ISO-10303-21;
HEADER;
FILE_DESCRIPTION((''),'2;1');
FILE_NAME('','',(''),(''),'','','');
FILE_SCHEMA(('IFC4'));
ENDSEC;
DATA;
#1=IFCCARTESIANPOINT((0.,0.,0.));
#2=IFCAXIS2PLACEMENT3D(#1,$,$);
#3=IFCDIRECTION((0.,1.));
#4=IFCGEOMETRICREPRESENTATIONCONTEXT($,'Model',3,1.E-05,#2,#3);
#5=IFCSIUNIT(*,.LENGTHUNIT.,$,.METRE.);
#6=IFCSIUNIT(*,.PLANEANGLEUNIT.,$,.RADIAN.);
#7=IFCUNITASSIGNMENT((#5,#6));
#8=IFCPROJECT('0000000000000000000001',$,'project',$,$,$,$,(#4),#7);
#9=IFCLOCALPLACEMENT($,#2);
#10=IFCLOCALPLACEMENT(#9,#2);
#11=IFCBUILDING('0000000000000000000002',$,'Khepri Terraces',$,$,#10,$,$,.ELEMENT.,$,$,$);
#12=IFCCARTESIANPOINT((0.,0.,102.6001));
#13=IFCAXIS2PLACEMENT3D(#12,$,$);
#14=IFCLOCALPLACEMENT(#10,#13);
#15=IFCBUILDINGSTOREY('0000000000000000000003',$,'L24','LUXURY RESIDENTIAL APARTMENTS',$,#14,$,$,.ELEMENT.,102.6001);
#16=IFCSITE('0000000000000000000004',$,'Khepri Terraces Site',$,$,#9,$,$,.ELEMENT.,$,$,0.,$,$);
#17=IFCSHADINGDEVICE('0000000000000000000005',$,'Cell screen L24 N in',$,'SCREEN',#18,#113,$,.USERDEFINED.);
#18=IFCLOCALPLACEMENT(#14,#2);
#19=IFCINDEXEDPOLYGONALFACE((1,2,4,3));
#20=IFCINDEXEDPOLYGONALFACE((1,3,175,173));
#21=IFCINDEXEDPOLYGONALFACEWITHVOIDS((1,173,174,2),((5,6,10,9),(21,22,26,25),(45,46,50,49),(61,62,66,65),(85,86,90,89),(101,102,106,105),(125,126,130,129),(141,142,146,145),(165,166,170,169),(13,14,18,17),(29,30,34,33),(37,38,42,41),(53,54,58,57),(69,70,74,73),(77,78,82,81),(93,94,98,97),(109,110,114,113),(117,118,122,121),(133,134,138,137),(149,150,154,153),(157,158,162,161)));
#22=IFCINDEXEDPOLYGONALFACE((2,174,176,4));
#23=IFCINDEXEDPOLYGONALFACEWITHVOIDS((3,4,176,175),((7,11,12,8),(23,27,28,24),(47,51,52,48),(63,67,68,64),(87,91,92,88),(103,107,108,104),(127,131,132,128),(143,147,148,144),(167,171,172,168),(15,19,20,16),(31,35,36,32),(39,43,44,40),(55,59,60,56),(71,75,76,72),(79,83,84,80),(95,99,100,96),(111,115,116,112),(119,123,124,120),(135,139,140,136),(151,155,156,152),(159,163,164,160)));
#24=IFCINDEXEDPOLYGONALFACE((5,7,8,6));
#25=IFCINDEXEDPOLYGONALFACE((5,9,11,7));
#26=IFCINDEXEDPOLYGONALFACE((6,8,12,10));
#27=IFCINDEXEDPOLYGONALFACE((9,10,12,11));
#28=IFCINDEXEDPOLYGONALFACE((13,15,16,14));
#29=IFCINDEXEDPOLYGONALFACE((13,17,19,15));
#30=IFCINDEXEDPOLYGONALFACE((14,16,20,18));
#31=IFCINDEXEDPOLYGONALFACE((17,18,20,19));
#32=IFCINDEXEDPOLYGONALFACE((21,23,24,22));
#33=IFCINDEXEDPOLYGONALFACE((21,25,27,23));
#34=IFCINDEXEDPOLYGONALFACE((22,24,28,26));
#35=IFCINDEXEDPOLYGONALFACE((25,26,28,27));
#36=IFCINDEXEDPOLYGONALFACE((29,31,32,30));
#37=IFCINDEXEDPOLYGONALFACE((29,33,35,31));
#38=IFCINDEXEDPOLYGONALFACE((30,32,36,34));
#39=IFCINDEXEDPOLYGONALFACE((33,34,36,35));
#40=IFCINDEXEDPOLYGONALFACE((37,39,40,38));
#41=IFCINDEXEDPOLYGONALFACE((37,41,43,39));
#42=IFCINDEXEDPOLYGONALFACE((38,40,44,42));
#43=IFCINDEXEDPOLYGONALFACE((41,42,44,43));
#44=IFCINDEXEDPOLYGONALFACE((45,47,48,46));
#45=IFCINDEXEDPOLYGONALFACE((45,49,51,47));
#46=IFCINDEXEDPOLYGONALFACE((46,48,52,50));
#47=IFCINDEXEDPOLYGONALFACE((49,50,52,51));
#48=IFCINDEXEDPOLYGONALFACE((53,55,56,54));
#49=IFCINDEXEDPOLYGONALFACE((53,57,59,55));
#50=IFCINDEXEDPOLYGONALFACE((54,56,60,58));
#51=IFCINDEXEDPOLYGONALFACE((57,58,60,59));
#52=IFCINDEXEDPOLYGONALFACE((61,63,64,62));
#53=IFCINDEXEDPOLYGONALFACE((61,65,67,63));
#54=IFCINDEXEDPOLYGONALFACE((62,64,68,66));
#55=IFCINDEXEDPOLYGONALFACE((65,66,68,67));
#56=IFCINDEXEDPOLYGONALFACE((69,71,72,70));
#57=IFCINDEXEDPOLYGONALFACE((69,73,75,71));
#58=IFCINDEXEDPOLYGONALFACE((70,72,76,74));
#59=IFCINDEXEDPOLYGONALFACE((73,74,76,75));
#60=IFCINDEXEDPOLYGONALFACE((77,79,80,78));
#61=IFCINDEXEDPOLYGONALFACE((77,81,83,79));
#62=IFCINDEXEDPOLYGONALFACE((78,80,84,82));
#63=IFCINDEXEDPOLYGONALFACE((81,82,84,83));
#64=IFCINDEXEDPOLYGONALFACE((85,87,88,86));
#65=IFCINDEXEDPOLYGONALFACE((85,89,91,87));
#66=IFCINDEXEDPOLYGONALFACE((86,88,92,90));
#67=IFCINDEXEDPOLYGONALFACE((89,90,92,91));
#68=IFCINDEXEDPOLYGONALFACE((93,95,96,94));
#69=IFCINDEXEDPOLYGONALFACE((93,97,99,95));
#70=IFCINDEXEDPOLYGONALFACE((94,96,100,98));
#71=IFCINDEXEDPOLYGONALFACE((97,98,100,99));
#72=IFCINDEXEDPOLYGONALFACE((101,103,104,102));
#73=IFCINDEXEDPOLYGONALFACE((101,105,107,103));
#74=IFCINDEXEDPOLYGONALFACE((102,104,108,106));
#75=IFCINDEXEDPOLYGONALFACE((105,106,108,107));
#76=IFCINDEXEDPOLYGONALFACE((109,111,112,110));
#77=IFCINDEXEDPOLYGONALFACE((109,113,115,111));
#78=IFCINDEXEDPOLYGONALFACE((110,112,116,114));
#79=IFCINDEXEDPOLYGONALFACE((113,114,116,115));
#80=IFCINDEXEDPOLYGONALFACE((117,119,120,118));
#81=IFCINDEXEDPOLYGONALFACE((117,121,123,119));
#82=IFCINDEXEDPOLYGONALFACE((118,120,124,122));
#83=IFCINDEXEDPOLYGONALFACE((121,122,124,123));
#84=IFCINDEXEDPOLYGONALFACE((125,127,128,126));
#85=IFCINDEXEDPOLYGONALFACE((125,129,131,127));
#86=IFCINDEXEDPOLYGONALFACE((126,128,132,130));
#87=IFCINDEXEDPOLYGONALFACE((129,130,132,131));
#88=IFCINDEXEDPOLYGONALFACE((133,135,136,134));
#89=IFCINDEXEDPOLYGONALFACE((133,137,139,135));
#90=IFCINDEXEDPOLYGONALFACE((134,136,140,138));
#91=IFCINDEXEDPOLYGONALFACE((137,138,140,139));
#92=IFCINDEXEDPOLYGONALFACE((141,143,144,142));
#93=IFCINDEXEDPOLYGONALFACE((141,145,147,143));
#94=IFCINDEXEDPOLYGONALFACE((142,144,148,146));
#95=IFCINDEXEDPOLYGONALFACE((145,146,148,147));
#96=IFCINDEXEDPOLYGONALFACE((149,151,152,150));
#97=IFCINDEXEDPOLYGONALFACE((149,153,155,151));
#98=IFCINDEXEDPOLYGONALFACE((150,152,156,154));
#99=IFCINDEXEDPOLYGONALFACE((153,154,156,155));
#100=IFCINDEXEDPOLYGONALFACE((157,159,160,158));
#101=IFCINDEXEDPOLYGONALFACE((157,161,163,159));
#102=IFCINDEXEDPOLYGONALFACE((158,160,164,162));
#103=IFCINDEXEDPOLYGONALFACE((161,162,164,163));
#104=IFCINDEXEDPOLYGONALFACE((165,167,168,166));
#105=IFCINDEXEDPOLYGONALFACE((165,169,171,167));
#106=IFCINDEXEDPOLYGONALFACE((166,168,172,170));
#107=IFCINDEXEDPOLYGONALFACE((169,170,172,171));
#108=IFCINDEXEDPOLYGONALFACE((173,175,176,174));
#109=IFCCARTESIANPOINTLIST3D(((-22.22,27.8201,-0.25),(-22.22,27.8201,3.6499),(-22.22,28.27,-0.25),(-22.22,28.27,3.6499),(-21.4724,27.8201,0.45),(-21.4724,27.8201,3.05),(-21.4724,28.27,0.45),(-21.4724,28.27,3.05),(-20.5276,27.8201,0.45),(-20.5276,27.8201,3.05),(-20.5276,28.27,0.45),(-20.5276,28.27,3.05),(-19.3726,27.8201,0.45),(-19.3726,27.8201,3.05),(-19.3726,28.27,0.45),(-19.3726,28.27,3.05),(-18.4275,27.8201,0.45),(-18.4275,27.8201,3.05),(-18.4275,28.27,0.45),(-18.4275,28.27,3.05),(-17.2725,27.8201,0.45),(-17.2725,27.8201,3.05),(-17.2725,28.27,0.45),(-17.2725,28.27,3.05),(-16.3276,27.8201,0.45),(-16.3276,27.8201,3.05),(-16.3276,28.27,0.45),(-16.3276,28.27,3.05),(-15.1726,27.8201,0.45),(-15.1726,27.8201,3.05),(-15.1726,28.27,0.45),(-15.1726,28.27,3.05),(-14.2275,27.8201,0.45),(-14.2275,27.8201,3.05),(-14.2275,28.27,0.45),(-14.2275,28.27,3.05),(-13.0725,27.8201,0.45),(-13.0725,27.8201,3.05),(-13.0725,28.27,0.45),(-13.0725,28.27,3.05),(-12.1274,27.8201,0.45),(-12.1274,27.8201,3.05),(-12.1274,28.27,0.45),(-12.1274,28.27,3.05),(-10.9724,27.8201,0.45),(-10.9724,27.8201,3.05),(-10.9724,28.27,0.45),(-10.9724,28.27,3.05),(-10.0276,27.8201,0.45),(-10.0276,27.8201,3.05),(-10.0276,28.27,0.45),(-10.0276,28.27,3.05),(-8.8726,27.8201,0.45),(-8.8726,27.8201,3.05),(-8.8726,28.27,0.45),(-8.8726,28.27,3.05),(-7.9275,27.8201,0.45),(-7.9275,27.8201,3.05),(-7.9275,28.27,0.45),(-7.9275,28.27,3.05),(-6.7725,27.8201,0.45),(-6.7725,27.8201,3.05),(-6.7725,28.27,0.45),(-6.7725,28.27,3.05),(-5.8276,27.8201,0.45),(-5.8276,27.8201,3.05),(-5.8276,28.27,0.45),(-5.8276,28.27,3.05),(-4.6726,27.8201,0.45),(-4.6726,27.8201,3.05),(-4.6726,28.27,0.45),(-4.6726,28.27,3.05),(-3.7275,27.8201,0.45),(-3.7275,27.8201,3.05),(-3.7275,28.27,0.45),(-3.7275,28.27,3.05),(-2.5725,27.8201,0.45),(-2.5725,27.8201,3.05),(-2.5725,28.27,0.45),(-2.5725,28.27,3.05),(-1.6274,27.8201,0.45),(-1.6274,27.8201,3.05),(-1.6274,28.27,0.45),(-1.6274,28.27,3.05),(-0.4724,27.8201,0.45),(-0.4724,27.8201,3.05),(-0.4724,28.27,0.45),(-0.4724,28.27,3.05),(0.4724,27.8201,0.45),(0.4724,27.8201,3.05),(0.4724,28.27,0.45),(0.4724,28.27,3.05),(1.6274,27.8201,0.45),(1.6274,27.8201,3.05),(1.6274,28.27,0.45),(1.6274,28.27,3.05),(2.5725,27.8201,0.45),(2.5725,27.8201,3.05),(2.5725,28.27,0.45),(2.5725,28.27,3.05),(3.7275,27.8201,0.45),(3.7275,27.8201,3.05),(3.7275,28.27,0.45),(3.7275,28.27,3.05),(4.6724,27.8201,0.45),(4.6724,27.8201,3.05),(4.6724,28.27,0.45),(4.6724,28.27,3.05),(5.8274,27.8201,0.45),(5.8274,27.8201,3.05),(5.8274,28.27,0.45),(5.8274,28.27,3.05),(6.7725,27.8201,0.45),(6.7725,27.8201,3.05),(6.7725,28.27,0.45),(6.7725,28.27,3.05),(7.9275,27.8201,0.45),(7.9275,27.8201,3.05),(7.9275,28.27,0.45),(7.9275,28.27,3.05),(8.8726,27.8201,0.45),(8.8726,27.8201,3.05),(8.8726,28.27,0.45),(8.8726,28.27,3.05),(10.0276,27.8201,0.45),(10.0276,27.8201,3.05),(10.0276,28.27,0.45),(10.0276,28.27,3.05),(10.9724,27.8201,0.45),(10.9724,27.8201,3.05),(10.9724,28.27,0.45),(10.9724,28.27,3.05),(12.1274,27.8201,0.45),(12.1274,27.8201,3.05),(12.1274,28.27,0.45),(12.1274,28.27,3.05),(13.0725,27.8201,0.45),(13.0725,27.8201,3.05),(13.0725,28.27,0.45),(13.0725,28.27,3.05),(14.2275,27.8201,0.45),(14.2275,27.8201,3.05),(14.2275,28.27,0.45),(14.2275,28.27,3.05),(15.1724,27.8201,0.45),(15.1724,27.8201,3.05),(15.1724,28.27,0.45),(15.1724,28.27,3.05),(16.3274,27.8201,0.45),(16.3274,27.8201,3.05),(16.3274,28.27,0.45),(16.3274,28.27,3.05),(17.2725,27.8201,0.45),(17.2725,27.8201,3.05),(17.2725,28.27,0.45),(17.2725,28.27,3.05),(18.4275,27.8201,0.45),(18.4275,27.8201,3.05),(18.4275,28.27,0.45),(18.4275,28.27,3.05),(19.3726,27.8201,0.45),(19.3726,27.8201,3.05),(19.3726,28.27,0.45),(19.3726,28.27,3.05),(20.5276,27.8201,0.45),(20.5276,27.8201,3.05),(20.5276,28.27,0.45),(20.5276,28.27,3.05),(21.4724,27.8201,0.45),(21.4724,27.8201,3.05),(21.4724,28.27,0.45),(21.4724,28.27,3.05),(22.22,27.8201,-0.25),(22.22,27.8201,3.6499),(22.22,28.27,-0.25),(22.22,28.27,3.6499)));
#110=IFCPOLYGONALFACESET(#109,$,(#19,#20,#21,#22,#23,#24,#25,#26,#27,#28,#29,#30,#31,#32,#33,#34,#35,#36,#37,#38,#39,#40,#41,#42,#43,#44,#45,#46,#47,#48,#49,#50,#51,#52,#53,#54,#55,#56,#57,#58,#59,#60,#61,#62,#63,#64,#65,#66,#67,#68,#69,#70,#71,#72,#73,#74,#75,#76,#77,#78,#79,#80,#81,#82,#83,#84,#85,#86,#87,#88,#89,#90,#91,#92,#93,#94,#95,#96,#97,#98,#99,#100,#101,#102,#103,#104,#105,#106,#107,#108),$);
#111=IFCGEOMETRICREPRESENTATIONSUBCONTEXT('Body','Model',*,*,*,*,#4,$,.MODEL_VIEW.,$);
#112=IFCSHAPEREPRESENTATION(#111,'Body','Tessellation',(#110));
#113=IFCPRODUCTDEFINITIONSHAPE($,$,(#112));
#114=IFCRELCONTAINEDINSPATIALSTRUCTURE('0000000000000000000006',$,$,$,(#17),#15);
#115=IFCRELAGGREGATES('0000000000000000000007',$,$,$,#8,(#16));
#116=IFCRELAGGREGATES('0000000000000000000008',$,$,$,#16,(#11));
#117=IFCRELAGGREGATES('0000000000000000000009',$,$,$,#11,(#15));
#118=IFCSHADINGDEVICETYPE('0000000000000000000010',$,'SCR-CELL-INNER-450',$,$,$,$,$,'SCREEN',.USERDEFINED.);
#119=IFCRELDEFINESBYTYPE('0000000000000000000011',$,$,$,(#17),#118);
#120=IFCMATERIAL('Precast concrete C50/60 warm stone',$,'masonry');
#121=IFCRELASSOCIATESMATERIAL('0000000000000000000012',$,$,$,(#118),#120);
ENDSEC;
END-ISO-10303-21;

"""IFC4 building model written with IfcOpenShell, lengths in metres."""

from ifc_helpers import new_model, si_unit, direction, frame, origin, place, context, subcontext, project, spatial, polyline, outline, extrude, material, type_object, element, save


model = new_model("IFC4")

# Units and contexts
model_context = context("Model", 3, precision=1e-05, world=origin(), true_north=direction((0.0, 1.0)))
body_context = subcontext(model_context, "Body", "Model", "MODEL_VIEW")
ifc_project = project(units=[si_unit("LENGTHUNIT", "METRE"), si_unit("PLANEANGLEUNIT", "RADIAN")], contexts=[model_context])

# Site, building, storey
site_placement = place(None, origin())
site = spatial("IfcSite", under=ifc_project, at=site_placement, Name="Khepri Terraces Site", CompositionType="ELEMENT", RefElevation=0.0)
building_placement = place(site_placement, origin())
building = spatial("IfcBuilding", under=site, at=building_placement, Name="Khepri Terraces", CompositionType="ELEMENT")
storey_placement = place(building_placement, frame((0.0, 0.0, 102.6001)))
storey = spatial("IfcBuildingStorey", under=building, at=storey_placement, Name="L24", Description="LUXURY RESIDENTIAL APARTMENTS", CompositionType="ELEMENT", Elevation=102.6001)

# Shared definitions
ifc_material_1 = material(Name="Precast concrete C50/60 warm stone", Category="masonry")

# Shading device
shading_device_type_1 = type_object("IfcShadingDeviceType", Name="SCR-CELL-INNER-450", ElementType="SCREEN", PredefinedType="USERDEFINED", material=ifc_material_1)
shading_device_1_placement = place(storey_placement, frame((22.22, 27.8201, -0.25), z_axis=(0.0, 1.0, 0.0), x_axis=(-1.0, 0.0, 0.0)))
element("IfcShadingDevice", 1, at=shading_device_1_placement, inside=storey, type_object=shading_device_type_1, Name="Cell screen L24 N in", ObjectType="SCREEN", PredefinedType="USERDEFINED", context=body_context, shape_type="SweptSolid", body=[
    extrude(outline(polyline([(0.0, 0.0), (44.4399, 0.0), (44.4399, 3.8999), (0.0, 3.8999), (0.0, 0.0)]), holes=[polyline([(0.7476, 0.7), (1.6924, 0.7), (1.6924, 3.3), (0.7476, 3.3), (0.7476, 0.7)]), polyline([(2.8474, 0.7), (3.7925, 0.7), (3.7925, 3.3), (2.8474, 3.3), (2.8474, 0.7)]), polyline([(4.9475, 0.7), (5.8926, 0.7), (5.8926, 3.3), (4.9475, 3.3), (4.9475, 0.7)]), polyline([(7.0476, 0.7), (7.9924, 0.7), (7.9924, 3.3), (7.0476, 3.3), (7.0476, 0.7)]), polyline([(9.1475, 0.7), (10.0925, 0.7), (10.0925, 3.3), (9.1475, 3.3), (9.1475, 0.7)]), polyline([(11.2476, 0.7), (12.1924, 0.7), (12.1924, 3.3), (11.2476, 3.3), (11.2476, 0.7)]), polyline([(13.3474, 0.7), (14.2925, 0.7), (14.2925, 3.3), (13.3474, 3.3), (13.3474, 0.7)]), polyline([(15.4475, 0.7), (16.3926, 0.7), (16.3926, 3.3), (15.4475, 3.3), (15.4475, 0.7)]), polyline([(17.5476, 0.7), (18.4924, 0.7), (18.4924, 3.3), (17.5476, 3.3), (17.5476, 0.7)]), polyline([(19.6475, 0.7), (20.5925, 0.7), (20.5925, 3.3), (19.6475, 3.3), (19.6475, 0.7)]), polyline([(21.7476, 0.7), (22.6924, 0.7), (22.6924, 3.3), (21.7476, 3.3), (21.7476, 0.7)]), polyline([(23.8474, 0.7), (24.7925, 0.7), (24.7925, 3.3), (23.8474, 3.3), (23.8474, 0.7)]), polyline([(25.9475, 0.7), (26.8926, 0.7), (26.8926, 3.3), (25.9475, 3.3), (25.9475, 0.7)]), polyline([(28.0476, 0.7), (28.9924, 0.7), (28.9924, 3.3), (28.0476, 3.3), (28.0476, 0.7)]), polyline([(30.1475, 0.7), (31.0925, 0.7), (31.0925, 3.3), (30.1475, 3.3), (30.1475, 0.7)]), polyline([(32.2476, 0.7), (33.1924, 0.7), (33.1924, 3.3), (32.2476, 3.3), (32.2476, 0.7)]), polyline([(34.3474, 0.7), (35.2925, 0.7), (35.2925, 3.3), (34.3474, 3.3), (34.3474, 0.7)]), polyline([(36.4475, 0.7), (37.3926, 0.7), (37.3926, 3.3), (36.4475, 3.3), (36.4475, 0.7)]), polyline([(38.5476, 0.7), (39.4924, 0.7), (39.4924, 3.3), (38.5476, 3.3), (38.5476, 0.7)]), polyline([(40.6475, 0.7), (41.5925, 0.7), (41.5925, 3.3), (40.6475, 3.3), (40.6475, 0.7)]), polyline([(42.7476, 0.7), (43.6924, 0.7), (43.6924, 3.3), (42.7476, 3.3), (42.7476, 0.7)])]), origin(), (0.0, 0.0, 1.0), 0.45),
])

save(model, "model.ifc")
